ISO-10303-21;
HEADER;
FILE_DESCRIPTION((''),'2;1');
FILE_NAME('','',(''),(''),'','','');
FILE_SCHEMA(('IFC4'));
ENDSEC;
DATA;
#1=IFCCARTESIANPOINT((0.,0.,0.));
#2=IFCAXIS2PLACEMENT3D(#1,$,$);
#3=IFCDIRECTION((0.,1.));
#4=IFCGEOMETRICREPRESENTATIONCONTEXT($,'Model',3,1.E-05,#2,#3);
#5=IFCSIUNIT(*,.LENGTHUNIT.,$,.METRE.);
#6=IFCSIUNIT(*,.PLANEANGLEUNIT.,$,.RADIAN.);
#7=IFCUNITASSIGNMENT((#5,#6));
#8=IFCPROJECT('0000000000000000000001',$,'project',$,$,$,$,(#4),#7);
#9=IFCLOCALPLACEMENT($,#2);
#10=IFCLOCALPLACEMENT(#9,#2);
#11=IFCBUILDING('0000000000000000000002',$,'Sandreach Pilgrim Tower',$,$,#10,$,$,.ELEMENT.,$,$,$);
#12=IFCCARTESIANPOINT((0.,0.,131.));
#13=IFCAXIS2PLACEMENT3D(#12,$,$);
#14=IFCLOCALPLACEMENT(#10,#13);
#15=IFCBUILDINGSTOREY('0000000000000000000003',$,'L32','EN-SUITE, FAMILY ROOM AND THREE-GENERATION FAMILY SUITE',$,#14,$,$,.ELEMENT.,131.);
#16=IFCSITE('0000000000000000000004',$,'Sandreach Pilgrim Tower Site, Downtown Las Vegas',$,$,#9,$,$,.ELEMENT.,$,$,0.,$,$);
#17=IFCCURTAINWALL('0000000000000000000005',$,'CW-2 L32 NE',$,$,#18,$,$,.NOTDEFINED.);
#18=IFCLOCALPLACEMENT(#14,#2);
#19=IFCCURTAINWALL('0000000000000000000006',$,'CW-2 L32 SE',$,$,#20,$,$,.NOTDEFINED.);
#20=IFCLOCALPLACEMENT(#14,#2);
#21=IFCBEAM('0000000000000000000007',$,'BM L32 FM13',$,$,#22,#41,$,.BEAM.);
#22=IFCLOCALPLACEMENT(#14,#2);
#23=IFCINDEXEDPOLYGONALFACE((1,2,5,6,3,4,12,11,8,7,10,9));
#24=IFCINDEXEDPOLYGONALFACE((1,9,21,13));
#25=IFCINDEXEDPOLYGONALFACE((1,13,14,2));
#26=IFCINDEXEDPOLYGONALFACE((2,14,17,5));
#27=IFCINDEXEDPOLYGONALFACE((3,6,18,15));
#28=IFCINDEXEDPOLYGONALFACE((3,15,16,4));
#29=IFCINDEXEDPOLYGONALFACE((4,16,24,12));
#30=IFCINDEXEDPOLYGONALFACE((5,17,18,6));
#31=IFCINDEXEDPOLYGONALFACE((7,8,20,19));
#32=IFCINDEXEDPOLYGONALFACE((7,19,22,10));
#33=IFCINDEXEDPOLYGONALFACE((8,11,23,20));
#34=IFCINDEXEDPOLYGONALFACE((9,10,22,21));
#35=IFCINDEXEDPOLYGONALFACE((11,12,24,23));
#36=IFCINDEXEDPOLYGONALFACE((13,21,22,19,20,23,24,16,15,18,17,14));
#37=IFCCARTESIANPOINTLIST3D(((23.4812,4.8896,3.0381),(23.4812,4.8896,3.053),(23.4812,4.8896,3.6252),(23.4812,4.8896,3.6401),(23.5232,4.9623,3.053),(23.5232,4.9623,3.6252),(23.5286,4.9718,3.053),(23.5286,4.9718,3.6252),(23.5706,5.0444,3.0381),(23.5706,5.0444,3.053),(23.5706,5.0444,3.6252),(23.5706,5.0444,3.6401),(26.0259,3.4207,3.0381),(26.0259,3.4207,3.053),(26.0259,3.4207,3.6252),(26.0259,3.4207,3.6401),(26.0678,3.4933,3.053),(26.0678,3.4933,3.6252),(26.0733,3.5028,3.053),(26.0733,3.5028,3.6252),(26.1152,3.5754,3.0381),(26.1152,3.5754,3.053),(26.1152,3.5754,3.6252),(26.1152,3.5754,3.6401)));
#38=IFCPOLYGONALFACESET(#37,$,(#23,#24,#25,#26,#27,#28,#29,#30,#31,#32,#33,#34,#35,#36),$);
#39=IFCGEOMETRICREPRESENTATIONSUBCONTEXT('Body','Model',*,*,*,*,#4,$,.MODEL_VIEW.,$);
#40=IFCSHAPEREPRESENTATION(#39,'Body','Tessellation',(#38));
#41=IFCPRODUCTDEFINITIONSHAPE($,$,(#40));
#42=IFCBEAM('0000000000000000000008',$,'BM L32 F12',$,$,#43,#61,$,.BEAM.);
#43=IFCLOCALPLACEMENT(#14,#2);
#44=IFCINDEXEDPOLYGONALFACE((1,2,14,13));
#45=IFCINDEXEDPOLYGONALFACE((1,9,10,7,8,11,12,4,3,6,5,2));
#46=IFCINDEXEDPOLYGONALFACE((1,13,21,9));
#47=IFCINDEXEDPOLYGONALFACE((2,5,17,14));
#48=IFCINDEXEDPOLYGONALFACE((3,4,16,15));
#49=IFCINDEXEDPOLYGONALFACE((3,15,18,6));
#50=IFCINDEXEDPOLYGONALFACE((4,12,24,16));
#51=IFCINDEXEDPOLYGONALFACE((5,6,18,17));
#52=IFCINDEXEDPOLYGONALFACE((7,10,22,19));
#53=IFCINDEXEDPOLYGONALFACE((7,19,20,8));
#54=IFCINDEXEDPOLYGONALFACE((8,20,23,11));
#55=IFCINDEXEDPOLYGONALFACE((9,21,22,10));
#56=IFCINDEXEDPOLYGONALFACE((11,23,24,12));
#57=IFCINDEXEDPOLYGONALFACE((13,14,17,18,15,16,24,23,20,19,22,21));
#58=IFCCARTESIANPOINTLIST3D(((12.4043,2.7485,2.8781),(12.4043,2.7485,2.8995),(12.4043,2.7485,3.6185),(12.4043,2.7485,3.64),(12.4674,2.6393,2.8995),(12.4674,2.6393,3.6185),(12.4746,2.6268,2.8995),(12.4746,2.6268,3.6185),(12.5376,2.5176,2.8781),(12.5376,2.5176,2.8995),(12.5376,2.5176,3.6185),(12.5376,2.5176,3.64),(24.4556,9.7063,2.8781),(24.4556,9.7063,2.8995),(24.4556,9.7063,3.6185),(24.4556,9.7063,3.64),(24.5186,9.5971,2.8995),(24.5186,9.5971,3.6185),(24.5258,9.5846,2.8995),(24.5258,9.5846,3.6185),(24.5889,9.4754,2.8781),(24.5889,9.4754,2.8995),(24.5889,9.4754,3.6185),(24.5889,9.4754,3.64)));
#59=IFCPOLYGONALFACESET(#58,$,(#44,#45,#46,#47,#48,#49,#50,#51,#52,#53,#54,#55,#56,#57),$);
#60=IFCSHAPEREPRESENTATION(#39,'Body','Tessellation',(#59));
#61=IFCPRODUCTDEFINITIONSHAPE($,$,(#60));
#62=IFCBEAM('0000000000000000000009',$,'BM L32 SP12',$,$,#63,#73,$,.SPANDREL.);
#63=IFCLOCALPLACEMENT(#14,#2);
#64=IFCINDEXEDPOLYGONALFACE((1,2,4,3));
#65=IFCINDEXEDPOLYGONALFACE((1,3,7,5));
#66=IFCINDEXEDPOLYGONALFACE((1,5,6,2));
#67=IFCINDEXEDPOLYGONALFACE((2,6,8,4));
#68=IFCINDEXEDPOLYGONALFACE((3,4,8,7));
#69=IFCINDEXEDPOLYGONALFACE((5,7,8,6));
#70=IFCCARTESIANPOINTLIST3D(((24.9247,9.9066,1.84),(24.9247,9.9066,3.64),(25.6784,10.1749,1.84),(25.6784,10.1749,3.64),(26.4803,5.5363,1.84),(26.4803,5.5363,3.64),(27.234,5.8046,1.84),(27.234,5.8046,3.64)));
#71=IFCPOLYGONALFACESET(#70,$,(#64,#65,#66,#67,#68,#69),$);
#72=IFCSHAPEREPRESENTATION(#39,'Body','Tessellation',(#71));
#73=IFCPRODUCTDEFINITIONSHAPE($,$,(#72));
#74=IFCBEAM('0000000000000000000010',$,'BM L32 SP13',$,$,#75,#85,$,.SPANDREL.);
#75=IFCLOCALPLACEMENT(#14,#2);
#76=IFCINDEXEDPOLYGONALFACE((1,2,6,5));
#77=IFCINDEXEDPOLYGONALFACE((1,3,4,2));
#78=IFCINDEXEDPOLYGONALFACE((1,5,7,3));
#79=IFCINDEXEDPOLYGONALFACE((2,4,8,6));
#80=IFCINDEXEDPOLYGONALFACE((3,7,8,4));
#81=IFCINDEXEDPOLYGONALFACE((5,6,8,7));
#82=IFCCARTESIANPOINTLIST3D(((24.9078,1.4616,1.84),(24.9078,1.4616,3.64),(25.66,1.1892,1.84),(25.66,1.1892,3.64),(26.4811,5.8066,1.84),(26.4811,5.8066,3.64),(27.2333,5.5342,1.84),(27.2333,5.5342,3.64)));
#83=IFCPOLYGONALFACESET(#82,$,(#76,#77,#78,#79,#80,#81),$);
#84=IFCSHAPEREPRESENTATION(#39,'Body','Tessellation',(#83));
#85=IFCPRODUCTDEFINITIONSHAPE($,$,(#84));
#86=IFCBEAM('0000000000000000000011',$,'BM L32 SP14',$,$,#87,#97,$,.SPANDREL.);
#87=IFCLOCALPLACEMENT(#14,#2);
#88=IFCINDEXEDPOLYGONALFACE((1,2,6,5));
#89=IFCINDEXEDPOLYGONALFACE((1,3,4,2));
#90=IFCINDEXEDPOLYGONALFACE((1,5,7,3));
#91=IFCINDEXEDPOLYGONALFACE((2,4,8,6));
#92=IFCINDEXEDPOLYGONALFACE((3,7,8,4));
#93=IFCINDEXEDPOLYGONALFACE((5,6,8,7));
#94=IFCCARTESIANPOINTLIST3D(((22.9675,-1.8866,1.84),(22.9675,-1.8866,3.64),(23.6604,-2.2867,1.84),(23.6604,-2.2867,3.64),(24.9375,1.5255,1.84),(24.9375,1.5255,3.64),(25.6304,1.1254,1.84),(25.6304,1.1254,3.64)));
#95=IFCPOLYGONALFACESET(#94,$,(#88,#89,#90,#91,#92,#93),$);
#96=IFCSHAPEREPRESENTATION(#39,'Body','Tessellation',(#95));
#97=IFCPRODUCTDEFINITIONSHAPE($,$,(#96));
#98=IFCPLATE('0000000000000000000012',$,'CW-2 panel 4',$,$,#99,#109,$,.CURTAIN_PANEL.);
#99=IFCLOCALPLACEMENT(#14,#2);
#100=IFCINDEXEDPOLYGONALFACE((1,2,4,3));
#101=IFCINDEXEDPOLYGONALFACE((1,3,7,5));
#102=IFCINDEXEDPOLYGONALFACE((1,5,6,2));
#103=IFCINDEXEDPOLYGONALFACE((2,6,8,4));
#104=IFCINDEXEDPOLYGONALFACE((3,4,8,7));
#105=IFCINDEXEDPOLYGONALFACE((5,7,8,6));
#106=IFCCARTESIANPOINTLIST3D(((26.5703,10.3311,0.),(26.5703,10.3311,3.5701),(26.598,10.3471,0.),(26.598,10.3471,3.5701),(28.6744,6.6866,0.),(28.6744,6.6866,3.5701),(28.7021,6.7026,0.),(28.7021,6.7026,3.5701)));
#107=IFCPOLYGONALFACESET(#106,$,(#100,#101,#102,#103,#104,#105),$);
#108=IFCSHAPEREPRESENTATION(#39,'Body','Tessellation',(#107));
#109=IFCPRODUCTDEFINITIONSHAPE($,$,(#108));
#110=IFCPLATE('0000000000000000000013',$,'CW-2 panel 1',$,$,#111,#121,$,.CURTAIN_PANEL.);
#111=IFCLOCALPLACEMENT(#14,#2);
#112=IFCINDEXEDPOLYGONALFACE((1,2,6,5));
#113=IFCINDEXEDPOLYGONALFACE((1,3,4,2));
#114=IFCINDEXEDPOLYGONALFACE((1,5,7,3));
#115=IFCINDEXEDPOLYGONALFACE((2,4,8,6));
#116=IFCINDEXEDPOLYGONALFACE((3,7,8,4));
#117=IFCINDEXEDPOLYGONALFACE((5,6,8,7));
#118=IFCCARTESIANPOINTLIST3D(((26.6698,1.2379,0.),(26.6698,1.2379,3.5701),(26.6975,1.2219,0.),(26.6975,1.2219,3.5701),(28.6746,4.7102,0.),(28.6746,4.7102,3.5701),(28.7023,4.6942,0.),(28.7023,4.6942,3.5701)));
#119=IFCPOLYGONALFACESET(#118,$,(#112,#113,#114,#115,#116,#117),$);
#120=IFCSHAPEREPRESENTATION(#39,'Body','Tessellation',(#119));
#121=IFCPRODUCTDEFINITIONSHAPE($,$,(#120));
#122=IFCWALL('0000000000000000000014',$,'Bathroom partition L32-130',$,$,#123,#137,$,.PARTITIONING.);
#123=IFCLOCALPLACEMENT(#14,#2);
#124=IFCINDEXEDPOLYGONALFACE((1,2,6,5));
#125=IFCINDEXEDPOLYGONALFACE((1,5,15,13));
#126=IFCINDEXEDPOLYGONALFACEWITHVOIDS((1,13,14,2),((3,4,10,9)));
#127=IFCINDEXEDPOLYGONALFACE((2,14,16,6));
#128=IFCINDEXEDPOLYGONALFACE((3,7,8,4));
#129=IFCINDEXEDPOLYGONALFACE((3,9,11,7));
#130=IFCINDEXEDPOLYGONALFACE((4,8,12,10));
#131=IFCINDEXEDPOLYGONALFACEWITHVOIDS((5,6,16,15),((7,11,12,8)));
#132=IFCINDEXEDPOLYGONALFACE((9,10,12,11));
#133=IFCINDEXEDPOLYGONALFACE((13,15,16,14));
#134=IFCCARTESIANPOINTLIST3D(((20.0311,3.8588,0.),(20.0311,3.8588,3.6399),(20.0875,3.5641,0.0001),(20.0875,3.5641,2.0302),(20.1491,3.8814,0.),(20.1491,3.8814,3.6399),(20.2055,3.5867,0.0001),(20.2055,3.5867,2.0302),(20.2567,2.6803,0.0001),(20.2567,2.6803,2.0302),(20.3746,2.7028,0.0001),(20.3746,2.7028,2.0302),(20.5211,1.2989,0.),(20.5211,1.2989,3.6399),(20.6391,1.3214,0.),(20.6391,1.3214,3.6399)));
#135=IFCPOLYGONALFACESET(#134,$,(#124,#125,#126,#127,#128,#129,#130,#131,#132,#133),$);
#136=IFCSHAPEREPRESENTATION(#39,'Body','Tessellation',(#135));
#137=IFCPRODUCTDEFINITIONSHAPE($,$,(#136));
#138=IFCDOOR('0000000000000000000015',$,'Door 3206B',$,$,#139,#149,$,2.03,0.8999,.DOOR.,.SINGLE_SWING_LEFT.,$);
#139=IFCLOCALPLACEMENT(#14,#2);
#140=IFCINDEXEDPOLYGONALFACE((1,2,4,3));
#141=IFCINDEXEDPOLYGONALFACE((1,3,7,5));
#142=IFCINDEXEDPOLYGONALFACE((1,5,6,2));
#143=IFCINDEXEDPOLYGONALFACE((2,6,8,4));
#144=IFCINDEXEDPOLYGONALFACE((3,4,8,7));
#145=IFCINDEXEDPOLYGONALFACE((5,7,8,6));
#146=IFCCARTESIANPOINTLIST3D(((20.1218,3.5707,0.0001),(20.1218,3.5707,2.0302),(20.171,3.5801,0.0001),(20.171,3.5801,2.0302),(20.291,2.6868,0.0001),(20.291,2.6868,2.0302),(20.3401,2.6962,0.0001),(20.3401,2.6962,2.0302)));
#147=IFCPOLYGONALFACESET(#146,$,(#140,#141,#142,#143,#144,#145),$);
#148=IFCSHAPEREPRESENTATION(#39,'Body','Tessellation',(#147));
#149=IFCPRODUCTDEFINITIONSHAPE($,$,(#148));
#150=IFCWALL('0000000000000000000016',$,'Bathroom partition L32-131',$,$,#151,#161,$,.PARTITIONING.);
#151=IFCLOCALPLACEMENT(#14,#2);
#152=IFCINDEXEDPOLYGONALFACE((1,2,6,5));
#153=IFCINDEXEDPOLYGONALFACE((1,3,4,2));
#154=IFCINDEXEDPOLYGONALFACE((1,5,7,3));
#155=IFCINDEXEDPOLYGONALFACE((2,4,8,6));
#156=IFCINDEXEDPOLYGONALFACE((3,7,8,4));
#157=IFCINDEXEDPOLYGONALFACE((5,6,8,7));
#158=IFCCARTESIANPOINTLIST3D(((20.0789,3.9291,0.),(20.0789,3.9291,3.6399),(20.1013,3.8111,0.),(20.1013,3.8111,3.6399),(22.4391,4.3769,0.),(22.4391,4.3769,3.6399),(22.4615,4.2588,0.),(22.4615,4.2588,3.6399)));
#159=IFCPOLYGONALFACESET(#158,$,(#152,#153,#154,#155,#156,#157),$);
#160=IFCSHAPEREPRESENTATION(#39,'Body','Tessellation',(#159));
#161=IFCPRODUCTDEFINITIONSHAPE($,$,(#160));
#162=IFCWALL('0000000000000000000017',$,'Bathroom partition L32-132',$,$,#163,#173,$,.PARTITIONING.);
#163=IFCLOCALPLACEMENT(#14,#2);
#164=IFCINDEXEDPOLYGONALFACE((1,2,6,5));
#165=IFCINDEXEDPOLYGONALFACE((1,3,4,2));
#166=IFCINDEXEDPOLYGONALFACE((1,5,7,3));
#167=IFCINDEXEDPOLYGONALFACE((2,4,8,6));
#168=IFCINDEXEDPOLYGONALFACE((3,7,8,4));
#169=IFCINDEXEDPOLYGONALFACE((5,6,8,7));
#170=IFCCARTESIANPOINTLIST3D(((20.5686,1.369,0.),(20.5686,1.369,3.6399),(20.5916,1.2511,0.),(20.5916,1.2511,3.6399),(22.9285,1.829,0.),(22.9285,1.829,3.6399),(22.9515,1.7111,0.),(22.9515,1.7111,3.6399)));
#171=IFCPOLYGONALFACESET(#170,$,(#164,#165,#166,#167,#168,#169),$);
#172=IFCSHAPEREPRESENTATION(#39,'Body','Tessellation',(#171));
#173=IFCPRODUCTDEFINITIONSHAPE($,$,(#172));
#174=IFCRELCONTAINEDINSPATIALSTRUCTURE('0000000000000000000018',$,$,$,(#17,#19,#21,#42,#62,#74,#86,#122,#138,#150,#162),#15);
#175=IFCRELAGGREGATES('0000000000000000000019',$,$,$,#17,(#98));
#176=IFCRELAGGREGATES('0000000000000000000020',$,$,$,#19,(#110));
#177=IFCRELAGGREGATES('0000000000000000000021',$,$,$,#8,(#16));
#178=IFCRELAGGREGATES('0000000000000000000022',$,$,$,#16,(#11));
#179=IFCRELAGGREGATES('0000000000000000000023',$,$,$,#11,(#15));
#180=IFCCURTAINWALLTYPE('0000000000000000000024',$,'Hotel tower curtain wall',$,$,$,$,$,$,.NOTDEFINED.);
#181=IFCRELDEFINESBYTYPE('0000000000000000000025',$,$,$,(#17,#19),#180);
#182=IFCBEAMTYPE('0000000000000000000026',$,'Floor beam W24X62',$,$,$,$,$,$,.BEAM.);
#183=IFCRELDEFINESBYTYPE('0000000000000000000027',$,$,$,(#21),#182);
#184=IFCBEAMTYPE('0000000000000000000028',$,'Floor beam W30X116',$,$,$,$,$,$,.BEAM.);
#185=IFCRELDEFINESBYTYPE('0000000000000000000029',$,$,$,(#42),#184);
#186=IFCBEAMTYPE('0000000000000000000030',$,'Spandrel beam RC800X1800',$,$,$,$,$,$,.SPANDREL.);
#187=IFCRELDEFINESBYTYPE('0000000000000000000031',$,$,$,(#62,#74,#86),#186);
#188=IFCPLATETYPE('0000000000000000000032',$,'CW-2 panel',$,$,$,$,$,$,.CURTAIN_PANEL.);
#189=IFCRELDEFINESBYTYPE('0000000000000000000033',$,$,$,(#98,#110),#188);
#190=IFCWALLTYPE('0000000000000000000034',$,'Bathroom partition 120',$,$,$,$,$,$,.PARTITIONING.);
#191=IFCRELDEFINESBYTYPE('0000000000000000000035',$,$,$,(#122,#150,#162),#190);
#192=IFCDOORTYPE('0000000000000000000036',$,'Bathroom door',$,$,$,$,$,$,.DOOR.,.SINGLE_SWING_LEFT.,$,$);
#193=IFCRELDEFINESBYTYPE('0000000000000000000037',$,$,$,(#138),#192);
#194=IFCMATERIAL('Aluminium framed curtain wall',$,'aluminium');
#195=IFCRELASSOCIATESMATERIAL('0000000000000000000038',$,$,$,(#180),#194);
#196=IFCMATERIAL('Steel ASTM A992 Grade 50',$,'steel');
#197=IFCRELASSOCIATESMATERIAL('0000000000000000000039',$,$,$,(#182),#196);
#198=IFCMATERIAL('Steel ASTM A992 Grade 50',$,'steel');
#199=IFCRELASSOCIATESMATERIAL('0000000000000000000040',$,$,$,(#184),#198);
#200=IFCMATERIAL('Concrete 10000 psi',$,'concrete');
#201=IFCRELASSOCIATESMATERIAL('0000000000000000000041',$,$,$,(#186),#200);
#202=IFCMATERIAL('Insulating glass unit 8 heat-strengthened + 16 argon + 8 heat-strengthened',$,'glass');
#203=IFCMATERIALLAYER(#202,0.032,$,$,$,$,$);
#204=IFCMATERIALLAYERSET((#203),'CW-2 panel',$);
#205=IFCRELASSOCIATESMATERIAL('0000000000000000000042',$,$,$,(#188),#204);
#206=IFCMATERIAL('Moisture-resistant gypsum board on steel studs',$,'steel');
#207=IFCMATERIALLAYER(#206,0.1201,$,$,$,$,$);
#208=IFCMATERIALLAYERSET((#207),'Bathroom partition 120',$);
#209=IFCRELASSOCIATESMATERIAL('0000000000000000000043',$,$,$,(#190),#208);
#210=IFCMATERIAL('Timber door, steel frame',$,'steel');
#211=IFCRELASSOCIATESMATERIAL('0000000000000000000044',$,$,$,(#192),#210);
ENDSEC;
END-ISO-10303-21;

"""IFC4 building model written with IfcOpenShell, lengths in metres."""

from ifc_helpers import new_model, si_unit, direction, frame, frame_2d, origin, origin_2d, place, context, subcontext, project, spatial, rectangle, i_section, extrude, material, layer, layer_set, material_profile, profile_set, type_object, element, fill, aggregate, save


model = new_model("IFC4")

# Units and contexts
model_context = context("Model", 3, precision=1e-05, world=origin(), true_north=direction((0.0, 1.0)))
body_context = subcontext(model_context, "Body", "Model", "MODEL_VIEW")
ifc_project = project(units=[si_unit("LENGTHUNIT", "METRE"), si_unit("PLANEANGLEUNIT", "RADIAN")], contexts=[model_context])

# Site, building, storey
site_placement = place(None, origin())
site = spatial("IfcSite", under=ifc_project, at=site_placement, Name="Sandreach Pilgrim Tower Site, Downtown Las Vegas", CompositionType="ELEMENT", RefElevation=0.0)
building_placement = place(site_placement, origin())
building = spatial("IfcBuilding", under=site, at=building_placement, Name="Sandreach Pilgrim Tower", CompositionType="ELEMENT")
storey_placement = place(building_placement, frame((0.0, 0.0, 131.0)))
storey = spatial("IfcBuildingStorey", under=building, at=storey_placement, Name="L32", Description="EN-SUITE, FAMILY ROOM AND THREE-GENERATION FAMILY SUITE", CompositionType="ELEMENT", Elevation=131.0)

# Curtain wall
ifc_material_1 = material(Name="Aluminium framed curtain wall", Category="aluminium")
curtain_wall_type = type_object("IfcCurtainWallType", Name="Hotel tower curtain wall", PredefinedType="NOTDEFINED", material=ifc_material_1)
curtain_wall_1_placement = place(storey_placement, origin())
curtain_wall_1 = element("IfcCurtainWall", 1, at=curtain_wall_1_placement, inside=storey, type_object=curtain_wall_type, Name="CW-2 L32 NE", PredefinedType="NOTDEFINED")

# Curtain wall
curtain_wall_2_placement = place(storey_placement, origin())
curtain_wall_2 = element("IfcCurtainWall", 2, at=curtain_wall_2_placement, inside=storey, type_object=curtain_wall_type, Name="CW-2 L32 SE", PredefinedType="NOTDEFINED")

# Beams
ifc_material_2 = material(Name="Steel ASTM A992 Grade 50", Category="steel")
ifc_material_profile_1 = material_profile(ifc_material_2, i_section(OverallWidth=0.1787, OverallDepth=0.6021, WebThickness=0.011, FlangeThickness=0.0149, at=origin_2d()), Name="W24X62")
ifc_profile_set_1 = profile_set([ifc_material_profile_1], Name="Steel ASTM A992 Grade 50")
beam_type_1 = type_object("IfcBeamType", Name="Floor beam W24X62", PredefinedType="BEAM", material=ifc_profile_set_1)
beam_1_placement = place(storey_placement, frame((26.0706, 3.498, 3.3391), z_axis=(-0.866051, 0.499955, 0.0), x_axis=(-0.499955, -0.866051, 0.0)))
element("IfcBeam", 3, at=beam_1_placement, inside=storey, type_object=beam_type_1, Name="BM L32 FM13", PredefinedType="BEAM", context=body_context, shape_type="SweptSolid", body=[
    extrude(i_section(OverallWidth=0.1787, OverallDepth=0.6021, WebThickness=0.011, FlangeThickness=0.0149, at=origin_2d()), origin(), (0.0, 0.0, 1.0), 2.9382),
])
ifc_material_3 = material(Name="Steel ASTM A992 Grade 50", Category="steel")
ifc_material_profile_2 = material_profile(ifc_material_3, i_section(OverallWidth=0.2666, OverallDepth=0.762, WebThickness=0.0144, FlangeThickness=0.0215, at=origin_2d()), Name="W30X116")
ifc_profile_set_2 = profile_set([ifc_material_profile_2], Name="Steel ASTM A992 Grade 50")
beam_type_2 = type_object("IfcBeamType", Name="Floor beam W30X116", PredefinedType="BEAM", material=ifc_profile_set_2)
beam_2_placement = place(storey_placement, frame((24.5222, 9.5908, 3.259), z_axis=(-0.866027, -0.499998, 0.0), x_axis=(0.499998, -0.866027, 0.0)))
element("IfcBeam", 4, at=beam_2_placement, inside=storey, type_object=beam_type_2, Name="BM L32 F12", PredefinedType="BEAM", context=body_context, shape_type="SweptSolid", body=[
    extrude(i_section(OverallWidth=0.2666, OverallDepth=0.762, WebThickness=0.0144, FlangeThickness=0.0215, at=origin_2d()), origin(), (0.0, 0.0, 1.0), 13.9155),
])
ifc_material_4 = material(Name="Concrete 10000 psi", Category="concrete")
ifc_material_profile_3 = material_profile(ifc_material_4, rectangle(XDim=0.8, YDim=1.8, at=origin_2d()), Name="RC800X1800")
ifc_profile_set_3 = profile_set([ifc_material_profile_3], Name="Concrete 10000 psi")
beam_type_3 = type_object("IfcBeamType", Name="Spandrel beam RC800X1800", PredefinedType="SPANDREL", material=ifc_profile_set_3)
beam_3_placement = place(storey_placement, frame((25.3015, 10.0408, 2.74), z_axis=(0.335346, -0.942095, 0.0), x_axis=(0.942095, 0.335346, 0.0)))
element("IfcBeam", 5, at=beam_3_placement, inside=storey, type_object=beam_type_3, Name="BM L32 SP12", PredefinedType="SPANDREL", context=body_context, shape_type="SweptSolid", body=[
    extrude(rectangle(XDim=0.8, YDim=1.8, at=origin_2d()), origin(), (0.0, 0.0, 1.0), 4.6389),
])
beam_4_placement = place(storey_placement, frame((26.8572, 5.6704, 2.74), z_axis=(-0.340453, -0.940261, 0.0), x_axis=(0.940261, -0.340453, 0.0)))
element("IfcBeam", 6, at=beam_4_placement, inside=storey, type_object=beam_type_3, Name="BM L32 SP13", PredefinedType="SPANDREL", context=body_context, shape_type="SweptSolid", body=[
    extrude(rectangle(XDim=0.8, YDim=1.8, at=origin_2d()), origin(), (0.0, 0.0, 1.0), 4.6211),
])
beam_5_placement = place(storey_placement, frame((25.2839, 1.3254, 2.74), z_axis=(-0.499998, -0.866027, 0.0), x_axis=(0.866027, -0.499998, 0.0)))
element("IfcBeam", 7, at=beam_5_placement, inside=storey, type_object=beam_type_3, Name="BM L32 SP14", PredefinedType="SPANDREL", context=body_context, shape_type="SweptSolid", body=[
    extrude(rectangle(XDim=0.8, YDim=1.8, at=origin_2d()), origin(), (0.0, 0.0, 1.0), 3.9399),
])

# Plates
ifc_material_5 = material(Name="Insulating glass unit 8 heat-strengthened + 16 argon + 8 heat-strengthened", Category="glass")
ifc_layer_1 = layer(ifc_material_5, 0.032)
ifc_layer_set_1 = layer_set([ifc_layer_1], Name="CW-2 panel")
plate_type = type_object("IfcPlateType", Name="CW-2 panel", PredefinedType="CURTAIN_PANEL", material=ifc_layer_set_1)
plate_1_placement = place(storey_placement, frame((27.6362, 8.5168, 0.0), z_axis=(0.0, 0.0, 1.0), x_axis=(0.5, -0.866025, 0.0)))
plate_1 = element("IfcPlate", 8, at=plate_1_placement, type_object=plate_type, Name="CW-2 panel 4", PredefinedType="CURTAIN_PANEL", context=body_context, shape_type="SweptSolid", body=[
    extrude(rectangle(XDim=4.2083, YDim=0.032, at=origin_2d()), origin(), (0.0, 0.0, 1.0), 3.5701),
])
aggregate(curtain_wall_1, [plate_1])
plate_2_placement = place(storey_placement, frame((27.686, 2.9661, 0.0), z_axis=(0.0, 0.0, 1.0), x_axis=(-0.5, -0.866025, 0.0)))
plate_2 = element("IfcPlate", 9, at=plate_2_placement, type_object=plate_type, Name="CW-2 panel 1", PredefinedType="CURTAIN_PANEL", context=body_context, shape_type="SweptSolid", body=[
    extrude(rectangle(XDim=4.0095, YDim=0.032, at=origin_2d()), origin(), (0.0, 0.0, 1.0), 3.5701),
])
aggregate(curtain_wall_2, [plate_2])

# Wall, opening, door
ifc_material_6 = material(Name="Moisture-resistant gypsum board on steel studs", Category="steel")
ifc_layer_2 = layer(ifc_material_6, 0.1201)
ifc_layer_set_2 = layer_set([ifc_layer_2], Name="Bathroom partition 120")
wall_type_1 = type_object("IfcWallType", Name="Bathroom partition 120", PredefinedType="PARTITIONING", material=ifc_layer_set_2)
wall_1_placement = place(storey_placement, frame((20.0901, 3.8701, 0.0), z_axis=(0.0, 0.0, 1.0), x_axis=(0.187986, -0.982172, 0.0)))
wall_1 = element("IfcWall", 10, at=wall_1_placement, inside=storey, type_object=wall_type_1, Name="Bathroom partition L32-130", PredefinedType="PARTITIONING", context=body_context, shape_type="SweptSolid", body=[
    extrude(rectangle(XDim=2.6064, YDim=0.1201, at=frame_2d((1.3032, 0.0))), origin(), (0.0, 0.0, 1.0), 3.6399),
])
opening_1_placement = place(wall_1_placement, frame((0.3, 0.0, 0.0)))
opening_1 = element("IfcOpeningElement", 11, at=opening_1_placement, cuts=wall_1, PredefinedType="OPENING", context=body_context, shape_type="SweptSolid", body=[
    extrude(rectangle(XDim=0.8999, YDim=2.03, at=frame_2d((0.45, 1.0151))), frame((0.0, 0.0601, 0.0), z_axis=(0.0, -1.0, 0.0), x_axis=(1.0, 0.0, 0.0)), (0.0, 0.0, 1.0), 0.1201),
])
ifc_material_7 = material(Name="Timber door, steel frame", Category="steel")
door_type_1 = type_object("IfcDoorType", Name="Bathroom door", OperationType="SINGLE_SWING_LEFT", PredefinedType="DOOR", material=ifc_material_7)
door_1_placement = place(opening_1_placement, origin())
door_1 = element("IfcDoor", 12, at=door_1_placement, inside=storey, type_object=door_type_1, Name="Door 3206B", OperationType="SINGLE_SWING_LEFT", OverallHeight=2.03, OverallWidth=0.8999, PredefinedType="DOOR", context=body_context, shape_type="SweptSolid", body=[
    extrude(rectangle(XDim=0.8999, YDim=2.03, at=frame_2d((0.45, 1.0151))), frame((0.0, 0.0249, 0.0), z_axis=(0.0, -1.0, 0.0), x_axis=(1.0, 0.0, 0.0)), (0.0, 0.0, 1.0), 0.05),
])
fill(opening_1, door_1)

# Walls
wall_2_placement = place(storey_placement, frame((20.0901, 3.8701, 0.0), z_axis=(0.0, 0.0, 1.0), x_axis=(0.982479, 0.186374, 0.0)))
element("IfcWall", 13, at=wall_2_placement, inside=storey, type_object=wall_type_1, Name="Bathroom partition L32-131", PredefinedType="PARTITIONING", context=body_context, shape_type="SweptSolid", body=[
    extrude(rectangle(XDim=2.4023, YDim=0.1201, at=frame_2d((1.2012, 0.0))), origin(), (0.0, 0.0, 1.0), 3.6399),
])
wall_3_placement = place(storey_placement, frame((20.5801, 1.3101, 0.0), z_axis=(0.0, 0.0, 1.0), x_axis=(0.98153, 0.19131, 0.0)))
element("IfcWall", 14, at=wall_3_placement, inside=storey, type_object=wall_type_1, Name="Bathroom partition L32-132", PredefinedType="PARTITIONING", context=body_context, shape_type="SweptSolid", body=[
    extrude(rectangle(XDim=2.4043, YDim=0.1201, at=frame_2d((1.2021, 0.0))), origin(), (0.0, 0.0, 1.0), 3.6399),
])

save(model, "model.ifc")
